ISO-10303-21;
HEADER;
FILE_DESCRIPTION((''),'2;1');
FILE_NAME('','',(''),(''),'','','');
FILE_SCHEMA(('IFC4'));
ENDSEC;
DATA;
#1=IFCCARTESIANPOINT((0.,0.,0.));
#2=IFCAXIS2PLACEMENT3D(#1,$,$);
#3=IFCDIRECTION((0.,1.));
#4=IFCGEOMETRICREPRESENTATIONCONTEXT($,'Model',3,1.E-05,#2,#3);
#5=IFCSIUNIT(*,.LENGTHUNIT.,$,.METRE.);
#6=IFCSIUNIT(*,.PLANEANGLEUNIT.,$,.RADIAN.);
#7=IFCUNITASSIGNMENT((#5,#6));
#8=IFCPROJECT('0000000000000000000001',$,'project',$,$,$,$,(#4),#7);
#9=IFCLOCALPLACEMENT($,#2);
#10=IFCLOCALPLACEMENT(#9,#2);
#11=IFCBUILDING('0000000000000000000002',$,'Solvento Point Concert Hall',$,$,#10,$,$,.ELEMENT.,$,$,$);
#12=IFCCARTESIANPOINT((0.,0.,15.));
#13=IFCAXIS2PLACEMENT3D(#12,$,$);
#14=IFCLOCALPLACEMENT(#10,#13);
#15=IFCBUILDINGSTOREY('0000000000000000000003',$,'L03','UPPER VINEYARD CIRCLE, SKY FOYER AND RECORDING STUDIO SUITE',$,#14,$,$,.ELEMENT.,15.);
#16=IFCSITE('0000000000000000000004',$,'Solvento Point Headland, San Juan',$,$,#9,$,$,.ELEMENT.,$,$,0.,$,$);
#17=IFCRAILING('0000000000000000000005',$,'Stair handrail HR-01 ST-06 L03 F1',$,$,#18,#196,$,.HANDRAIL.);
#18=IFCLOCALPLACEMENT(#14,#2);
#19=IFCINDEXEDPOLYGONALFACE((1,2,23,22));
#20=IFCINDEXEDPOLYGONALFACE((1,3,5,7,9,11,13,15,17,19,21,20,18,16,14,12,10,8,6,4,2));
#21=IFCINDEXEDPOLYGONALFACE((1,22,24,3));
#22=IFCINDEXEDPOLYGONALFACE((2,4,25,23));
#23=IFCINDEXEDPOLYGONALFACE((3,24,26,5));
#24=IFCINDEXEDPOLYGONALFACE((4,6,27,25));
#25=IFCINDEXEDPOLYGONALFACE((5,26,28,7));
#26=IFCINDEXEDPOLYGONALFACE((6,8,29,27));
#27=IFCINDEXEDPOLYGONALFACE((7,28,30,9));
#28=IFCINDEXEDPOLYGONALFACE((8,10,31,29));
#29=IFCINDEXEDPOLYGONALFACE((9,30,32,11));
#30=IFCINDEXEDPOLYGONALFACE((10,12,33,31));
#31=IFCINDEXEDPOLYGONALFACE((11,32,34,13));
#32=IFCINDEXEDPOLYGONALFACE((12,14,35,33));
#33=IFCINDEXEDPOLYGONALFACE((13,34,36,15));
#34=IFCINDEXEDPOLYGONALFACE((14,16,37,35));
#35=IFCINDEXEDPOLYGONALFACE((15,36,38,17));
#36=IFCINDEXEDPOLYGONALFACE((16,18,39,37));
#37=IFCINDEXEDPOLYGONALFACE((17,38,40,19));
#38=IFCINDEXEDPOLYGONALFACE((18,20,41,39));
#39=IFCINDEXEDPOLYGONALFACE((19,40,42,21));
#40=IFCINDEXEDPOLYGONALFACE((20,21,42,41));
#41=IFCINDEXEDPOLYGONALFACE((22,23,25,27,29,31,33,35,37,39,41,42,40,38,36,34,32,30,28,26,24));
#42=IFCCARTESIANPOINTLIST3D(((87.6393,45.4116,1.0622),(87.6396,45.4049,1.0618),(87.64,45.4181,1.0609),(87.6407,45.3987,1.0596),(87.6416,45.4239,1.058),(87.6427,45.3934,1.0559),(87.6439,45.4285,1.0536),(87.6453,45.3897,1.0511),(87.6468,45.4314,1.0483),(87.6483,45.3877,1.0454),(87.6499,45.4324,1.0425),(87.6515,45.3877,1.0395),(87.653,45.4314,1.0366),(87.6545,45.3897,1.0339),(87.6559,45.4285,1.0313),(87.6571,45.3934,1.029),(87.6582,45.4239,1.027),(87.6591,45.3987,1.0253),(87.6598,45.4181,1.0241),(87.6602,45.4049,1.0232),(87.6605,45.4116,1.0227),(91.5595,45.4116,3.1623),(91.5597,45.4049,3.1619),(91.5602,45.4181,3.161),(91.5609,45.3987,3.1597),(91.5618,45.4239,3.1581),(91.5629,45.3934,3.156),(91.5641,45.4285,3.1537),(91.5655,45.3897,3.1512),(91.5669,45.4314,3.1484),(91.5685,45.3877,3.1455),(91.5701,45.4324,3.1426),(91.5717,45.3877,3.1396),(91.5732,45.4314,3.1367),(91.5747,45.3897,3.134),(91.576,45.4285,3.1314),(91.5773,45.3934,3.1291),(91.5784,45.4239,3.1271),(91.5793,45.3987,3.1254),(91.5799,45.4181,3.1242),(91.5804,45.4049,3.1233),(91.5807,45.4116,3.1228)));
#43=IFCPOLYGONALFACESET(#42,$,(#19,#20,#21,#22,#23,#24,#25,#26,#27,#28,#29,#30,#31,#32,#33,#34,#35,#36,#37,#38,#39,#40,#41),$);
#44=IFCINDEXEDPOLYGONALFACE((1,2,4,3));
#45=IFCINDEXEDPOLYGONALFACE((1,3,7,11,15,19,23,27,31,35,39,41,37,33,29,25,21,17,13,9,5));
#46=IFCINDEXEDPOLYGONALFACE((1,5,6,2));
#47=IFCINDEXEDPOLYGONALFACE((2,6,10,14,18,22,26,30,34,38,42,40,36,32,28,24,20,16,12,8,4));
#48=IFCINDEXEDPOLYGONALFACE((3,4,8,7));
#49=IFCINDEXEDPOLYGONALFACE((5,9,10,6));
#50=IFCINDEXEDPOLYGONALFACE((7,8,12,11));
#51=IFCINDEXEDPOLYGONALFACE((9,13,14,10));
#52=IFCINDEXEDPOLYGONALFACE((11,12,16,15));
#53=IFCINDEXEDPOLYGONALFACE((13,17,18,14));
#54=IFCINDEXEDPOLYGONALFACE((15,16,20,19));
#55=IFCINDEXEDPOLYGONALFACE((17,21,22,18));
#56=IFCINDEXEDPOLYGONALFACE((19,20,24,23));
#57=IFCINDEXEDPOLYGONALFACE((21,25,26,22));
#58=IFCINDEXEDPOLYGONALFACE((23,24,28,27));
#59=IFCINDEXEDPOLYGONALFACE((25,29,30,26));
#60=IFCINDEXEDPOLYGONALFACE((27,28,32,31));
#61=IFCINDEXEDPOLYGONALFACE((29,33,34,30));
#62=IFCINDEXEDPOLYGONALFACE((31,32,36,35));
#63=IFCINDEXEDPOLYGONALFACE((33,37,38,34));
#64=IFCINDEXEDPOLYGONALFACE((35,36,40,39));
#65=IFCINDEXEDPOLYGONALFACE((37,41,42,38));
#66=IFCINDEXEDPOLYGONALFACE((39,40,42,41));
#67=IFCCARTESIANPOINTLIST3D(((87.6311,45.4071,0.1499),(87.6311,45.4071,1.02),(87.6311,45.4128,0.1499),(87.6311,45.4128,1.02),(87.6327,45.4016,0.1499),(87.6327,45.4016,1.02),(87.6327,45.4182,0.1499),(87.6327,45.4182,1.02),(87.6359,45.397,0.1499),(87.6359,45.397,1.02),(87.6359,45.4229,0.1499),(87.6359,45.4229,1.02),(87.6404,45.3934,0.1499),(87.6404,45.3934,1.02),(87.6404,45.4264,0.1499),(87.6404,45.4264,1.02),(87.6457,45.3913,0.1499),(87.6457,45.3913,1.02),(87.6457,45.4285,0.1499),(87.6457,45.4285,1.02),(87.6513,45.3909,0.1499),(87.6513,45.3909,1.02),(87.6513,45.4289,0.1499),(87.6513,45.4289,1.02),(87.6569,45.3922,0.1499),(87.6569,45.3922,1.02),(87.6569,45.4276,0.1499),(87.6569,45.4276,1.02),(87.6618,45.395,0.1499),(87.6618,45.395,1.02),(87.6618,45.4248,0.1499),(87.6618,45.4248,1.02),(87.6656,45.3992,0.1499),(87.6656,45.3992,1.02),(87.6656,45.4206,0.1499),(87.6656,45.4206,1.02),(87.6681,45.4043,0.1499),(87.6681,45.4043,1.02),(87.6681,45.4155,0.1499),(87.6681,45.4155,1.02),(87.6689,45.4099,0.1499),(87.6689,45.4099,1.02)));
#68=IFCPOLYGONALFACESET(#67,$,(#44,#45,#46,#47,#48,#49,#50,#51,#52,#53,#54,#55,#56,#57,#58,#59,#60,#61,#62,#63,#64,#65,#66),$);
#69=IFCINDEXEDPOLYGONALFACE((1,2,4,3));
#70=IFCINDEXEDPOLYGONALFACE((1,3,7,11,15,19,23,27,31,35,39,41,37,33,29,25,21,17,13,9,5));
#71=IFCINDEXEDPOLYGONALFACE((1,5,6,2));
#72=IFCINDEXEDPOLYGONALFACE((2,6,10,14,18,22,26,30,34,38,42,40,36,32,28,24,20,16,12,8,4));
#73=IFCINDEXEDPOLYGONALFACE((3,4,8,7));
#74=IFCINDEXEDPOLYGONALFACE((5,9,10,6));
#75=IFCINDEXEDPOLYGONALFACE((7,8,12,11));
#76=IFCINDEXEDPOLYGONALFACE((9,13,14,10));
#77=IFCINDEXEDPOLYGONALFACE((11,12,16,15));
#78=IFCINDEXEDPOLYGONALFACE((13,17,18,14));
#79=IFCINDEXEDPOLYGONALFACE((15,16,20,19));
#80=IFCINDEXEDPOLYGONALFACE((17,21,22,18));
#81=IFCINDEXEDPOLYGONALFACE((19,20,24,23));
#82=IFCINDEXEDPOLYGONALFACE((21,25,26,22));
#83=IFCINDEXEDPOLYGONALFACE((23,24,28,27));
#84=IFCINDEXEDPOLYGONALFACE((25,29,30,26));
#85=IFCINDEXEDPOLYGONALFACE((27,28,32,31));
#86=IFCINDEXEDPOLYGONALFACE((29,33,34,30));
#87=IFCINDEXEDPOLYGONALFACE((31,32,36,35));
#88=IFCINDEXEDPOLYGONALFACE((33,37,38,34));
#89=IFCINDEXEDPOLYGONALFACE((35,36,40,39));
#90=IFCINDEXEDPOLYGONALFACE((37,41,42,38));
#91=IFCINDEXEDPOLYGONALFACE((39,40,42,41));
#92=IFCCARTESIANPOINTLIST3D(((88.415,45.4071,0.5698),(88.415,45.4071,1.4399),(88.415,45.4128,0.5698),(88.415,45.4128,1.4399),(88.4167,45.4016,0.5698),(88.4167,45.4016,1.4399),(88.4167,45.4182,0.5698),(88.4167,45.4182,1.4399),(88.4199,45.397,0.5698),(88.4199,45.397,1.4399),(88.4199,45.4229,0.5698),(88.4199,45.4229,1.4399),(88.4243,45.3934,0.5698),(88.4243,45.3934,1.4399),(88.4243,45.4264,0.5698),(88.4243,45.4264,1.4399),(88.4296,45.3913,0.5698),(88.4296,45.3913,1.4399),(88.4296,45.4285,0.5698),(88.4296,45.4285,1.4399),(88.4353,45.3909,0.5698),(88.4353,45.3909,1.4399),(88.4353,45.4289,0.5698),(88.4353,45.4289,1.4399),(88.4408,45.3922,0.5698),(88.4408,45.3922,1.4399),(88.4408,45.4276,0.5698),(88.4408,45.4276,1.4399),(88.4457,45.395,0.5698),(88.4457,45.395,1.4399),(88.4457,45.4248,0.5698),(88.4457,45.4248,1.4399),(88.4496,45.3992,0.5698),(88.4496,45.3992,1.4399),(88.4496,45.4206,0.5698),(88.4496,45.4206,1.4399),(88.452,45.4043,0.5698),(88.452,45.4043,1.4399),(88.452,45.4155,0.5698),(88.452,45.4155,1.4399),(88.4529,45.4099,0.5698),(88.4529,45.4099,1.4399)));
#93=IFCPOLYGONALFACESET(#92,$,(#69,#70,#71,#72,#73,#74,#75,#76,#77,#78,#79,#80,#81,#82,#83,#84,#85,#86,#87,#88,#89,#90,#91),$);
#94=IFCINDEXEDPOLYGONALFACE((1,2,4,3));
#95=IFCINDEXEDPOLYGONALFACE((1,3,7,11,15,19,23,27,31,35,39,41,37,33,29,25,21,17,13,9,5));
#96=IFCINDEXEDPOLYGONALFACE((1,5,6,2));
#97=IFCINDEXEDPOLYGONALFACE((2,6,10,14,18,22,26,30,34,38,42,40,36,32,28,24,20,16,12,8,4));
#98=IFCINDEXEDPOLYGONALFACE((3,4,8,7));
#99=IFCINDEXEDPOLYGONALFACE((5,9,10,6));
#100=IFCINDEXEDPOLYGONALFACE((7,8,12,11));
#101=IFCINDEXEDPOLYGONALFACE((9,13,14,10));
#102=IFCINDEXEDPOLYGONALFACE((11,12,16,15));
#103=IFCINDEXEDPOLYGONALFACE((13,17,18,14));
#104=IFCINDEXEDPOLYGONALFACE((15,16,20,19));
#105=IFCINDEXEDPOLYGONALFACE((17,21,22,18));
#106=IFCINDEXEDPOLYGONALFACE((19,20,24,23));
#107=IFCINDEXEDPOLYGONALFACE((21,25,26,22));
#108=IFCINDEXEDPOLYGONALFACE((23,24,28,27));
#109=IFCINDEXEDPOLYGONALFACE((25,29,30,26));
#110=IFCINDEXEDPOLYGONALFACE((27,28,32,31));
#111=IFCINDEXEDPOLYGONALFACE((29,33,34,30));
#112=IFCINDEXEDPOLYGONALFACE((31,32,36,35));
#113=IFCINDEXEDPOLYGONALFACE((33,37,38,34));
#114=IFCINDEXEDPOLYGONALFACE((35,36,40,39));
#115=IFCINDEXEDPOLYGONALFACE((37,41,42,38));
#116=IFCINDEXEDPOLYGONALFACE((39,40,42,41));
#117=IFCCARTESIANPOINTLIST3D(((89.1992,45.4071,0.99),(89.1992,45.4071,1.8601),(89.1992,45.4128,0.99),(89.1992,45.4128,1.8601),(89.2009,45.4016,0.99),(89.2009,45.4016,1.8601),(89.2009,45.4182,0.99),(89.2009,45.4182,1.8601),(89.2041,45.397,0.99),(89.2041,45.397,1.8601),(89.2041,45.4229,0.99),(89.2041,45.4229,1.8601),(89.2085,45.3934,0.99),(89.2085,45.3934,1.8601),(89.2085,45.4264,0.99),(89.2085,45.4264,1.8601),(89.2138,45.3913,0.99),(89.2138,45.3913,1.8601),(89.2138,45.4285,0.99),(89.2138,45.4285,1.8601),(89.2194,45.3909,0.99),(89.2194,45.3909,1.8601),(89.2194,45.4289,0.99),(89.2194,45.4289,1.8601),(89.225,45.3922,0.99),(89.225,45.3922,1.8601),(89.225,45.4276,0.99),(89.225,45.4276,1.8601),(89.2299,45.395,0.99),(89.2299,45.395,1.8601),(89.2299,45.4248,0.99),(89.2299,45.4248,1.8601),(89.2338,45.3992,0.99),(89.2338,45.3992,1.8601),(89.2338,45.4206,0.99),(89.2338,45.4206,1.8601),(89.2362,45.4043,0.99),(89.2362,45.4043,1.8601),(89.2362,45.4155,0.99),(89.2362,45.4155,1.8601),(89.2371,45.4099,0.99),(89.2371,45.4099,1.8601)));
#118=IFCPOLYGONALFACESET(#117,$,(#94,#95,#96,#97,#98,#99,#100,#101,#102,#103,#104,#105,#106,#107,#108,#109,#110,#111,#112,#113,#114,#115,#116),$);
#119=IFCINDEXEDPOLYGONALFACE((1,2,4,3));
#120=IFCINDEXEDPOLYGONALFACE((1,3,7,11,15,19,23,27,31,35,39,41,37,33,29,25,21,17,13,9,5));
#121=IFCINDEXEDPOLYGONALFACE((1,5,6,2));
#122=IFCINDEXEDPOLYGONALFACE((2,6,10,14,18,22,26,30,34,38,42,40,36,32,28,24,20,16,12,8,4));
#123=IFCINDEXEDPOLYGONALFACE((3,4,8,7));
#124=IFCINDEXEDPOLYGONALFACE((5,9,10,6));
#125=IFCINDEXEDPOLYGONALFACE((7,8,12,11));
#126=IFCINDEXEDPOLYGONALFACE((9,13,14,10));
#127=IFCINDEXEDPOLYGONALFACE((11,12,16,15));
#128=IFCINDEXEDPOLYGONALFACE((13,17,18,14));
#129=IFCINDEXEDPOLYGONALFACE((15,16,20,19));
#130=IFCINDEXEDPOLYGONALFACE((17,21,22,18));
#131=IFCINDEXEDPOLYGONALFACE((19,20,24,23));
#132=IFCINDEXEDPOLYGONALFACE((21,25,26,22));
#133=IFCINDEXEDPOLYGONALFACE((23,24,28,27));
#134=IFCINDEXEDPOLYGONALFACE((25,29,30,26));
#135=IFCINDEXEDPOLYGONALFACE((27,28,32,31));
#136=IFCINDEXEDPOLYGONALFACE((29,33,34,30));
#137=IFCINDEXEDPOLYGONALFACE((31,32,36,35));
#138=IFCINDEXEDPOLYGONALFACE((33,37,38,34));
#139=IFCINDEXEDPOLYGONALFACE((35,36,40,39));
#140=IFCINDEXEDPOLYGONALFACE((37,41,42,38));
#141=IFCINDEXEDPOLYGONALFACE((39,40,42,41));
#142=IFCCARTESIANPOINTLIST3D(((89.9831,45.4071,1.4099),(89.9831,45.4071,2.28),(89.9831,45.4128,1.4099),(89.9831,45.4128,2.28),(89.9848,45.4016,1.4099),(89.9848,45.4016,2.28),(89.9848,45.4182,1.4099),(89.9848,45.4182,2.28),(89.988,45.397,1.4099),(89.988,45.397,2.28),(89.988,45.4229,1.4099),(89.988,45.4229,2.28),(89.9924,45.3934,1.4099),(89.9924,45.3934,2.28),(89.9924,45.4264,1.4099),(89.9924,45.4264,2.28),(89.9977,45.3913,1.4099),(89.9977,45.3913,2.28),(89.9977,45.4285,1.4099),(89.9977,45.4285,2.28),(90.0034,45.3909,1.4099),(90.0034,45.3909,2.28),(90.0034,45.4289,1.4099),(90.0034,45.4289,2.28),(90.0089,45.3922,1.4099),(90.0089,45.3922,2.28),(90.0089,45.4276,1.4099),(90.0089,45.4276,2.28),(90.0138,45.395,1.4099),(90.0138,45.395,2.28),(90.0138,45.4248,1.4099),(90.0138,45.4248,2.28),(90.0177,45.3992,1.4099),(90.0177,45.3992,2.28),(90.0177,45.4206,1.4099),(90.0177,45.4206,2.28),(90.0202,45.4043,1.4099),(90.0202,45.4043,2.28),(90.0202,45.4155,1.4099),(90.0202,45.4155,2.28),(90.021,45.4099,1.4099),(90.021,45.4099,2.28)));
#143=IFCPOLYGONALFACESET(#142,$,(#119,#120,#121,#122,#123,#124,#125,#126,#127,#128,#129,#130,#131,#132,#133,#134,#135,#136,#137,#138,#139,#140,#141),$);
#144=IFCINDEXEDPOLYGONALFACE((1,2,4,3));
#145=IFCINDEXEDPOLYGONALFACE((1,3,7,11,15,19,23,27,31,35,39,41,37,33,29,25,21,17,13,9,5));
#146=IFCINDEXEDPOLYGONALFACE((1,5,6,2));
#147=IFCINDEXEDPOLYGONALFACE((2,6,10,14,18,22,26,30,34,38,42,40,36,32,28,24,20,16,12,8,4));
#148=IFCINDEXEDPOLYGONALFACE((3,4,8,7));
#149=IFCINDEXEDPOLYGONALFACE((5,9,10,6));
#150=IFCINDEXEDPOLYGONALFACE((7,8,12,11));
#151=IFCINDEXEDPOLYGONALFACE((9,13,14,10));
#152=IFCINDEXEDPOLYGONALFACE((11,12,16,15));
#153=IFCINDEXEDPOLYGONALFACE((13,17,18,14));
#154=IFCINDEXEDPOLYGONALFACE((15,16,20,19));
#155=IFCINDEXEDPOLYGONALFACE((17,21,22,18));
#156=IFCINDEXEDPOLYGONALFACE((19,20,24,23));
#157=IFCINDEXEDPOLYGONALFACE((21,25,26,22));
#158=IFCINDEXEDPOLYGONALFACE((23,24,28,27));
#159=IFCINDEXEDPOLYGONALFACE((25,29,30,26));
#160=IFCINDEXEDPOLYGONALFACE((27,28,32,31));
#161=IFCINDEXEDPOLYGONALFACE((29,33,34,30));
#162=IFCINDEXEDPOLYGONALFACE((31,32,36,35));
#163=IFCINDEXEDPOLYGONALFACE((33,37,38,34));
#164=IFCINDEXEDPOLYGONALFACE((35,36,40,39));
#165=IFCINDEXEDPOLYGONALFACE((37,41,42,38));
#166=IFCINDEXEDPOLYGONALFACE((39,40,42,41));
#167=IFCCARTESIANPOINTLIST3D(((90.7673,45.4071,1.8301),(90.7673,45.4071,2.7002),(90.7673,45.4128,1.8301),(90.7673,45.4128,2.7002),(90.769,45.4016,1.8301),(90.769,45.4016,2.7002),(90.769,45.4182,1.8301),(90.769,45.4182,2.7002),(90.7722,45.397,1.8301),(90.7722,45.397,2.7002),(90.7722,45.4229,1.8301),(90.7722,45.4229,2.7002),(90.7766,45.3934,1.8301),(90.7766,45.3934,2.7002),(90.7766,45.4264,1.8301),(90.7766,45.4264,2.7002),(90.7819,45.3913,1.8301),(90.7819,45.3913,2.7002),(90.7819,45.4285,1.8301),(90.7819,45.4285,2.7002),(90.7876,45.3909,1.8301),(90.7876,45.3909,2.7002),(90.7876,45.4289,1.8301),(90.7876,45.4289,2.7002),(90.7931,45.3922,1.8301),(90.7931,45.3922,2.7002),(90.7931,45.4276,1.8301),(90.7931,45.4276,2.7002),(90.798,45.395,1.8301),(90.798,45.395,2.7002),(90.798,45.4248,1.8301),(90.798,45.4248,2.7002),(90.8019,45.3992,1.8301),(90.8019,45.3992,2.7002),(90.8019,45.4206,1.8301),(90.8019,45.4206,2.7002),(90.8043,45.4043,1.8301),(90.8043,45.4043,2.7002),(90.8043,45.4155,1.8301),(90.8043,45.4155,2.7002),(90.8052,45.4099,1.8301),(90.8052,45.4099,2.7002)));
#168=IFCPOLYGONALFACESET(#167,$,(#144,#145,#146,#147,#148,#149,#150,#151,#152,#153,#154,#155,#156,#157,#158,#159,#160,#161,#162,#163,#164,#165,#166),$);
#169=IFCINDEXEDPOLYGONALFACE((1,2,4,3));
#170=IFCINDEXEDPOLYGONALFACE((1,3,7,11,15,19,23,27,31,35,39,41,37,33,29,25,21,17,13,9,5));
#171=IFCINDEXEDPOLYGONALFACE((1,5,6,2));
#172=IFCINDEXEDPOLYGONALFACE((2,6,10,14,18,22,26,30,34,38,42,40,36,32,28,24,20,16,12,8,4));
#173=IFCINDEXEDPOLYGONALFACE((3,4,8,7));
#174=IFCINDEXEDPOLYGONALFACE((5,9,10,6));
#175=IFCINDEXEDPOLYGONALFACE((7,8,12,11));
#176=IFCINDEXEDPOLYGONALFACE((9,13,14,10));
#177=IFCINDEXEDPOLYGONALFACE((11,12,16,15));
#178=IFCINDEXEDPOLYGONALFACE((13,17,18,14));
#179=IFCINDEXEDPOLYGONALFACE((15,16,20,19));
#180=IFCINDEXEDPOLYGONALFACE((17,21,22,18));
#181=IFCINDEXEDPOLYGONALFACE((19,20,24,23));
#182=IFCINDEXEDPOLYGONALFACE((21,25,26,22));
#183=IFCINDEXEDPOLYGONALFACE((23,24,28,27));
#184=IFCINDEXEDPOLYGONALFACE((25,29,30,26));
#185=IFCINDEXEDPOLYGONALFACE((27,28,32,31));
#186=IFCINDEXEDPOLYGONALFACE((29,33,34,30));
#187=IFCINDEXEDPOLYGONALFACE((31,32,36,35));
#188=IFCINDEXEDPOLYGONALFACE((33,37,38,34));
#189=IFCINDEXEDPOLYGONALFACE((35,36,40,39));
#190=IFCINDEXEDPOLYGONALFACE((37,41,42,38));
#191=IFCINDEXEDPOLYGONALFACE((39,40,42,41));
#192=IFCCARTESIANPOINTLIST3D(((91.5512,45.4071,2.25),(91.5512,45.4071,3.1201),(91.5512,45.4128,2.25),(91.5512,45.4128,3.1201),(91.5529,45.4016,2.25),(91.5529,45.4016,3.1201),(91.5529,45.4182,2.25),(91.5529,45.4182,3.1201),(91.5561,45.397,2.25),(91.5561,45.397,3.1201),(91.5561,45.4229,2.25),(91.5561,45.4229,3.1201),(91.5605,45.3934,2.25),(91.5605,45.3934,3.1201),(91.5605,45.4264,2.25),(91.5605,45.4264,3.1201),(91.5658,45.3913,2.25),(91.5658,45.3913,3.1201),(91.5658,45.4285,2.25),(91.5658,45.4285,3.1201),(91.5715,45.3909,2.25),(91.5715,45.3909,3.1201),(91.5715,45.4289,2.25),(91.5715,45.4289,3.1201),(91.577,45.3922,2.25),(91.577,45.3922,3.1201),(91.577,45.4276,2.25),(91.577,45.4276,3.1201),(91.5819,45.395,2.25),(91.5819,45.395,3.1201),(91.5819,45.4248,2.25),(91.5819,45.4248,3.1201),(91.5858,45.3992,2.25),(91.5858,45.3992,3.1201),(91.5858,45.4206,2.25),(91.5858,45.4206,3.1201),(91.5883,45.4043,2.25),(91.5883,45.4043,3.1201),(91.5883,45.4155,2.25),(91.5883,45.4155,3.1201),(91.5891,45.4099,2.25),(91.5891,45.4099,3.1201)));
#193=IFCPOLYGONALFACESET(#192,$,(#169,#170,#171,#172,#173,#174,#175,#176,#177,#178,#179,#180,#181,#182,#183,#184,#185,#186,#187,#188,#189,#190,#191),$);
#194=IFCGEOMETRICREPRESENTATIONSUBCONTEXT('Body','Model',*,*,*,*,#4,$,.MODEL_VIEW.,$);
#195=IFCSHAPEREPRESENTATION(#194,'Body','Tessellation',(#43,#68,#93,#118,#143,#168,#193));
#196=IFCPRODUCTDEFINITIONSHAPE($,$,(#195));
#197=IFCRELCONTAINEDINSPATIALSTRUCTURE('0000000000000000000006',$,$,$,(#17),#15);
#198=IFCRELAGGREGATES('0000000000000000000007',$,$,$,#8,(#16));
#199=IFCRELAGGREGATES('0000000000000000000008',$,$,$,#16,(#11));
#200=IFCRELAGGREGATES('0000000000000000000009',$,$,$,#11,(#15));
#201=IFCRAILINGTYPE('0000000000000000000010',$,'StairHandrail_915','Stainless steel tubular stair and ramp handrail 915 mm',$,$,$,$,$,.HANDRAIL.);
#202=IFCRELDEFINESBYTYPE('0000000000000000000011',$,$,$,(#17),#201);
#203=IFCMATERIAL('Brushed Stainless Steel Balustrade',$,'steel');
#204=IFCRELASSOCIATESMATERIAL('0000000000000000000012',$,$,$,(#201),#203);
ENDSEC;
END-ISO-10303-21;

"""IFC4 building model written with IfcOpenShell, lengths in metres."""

from ifc_helpers import new_model, si_unit, direction, frame, origin, origin_2d, place, context, subcontext, project, spatial, circle, extrude, material, type_object, element, save


model = new_model("IFC4")

# Units and contexts
model_context = context("Model", 3, precision=1e-05, world=origin(), true_north=direction((0.0, 1.0)))
body_context = subcontext(model_context, "Body", "Model", "MODEL_VIEW")
ifc_project = project(units=[si_unit("LENGTHUNIT", "METRE"), si_unit("PLANEANGLEUNIT", "RADIAN")], contexts=[model_context])

# Site, building, storey
site_placement = place(None, origin())
site = spatial("IfcSite", under=ifc_project, at=site_placement, Name="Solvento Point Headland, San Juan", CompositionType="ELEMENT", RefElevation=0.0)
building_placement = place(site_placement, origin())
building = spatial("IfcBuilding", under=site, at=building_placement, Name="Solvento Point Concert Hall", CompositionType="ELEMENT")
storey_placement = place(building_placement, frame((0.0, 0.0, 15.0)))
storey = spatial("IfcBuildingStorey", under=building, at=storey_placement, Name="L03", Description="UPPER VINEYARD CIRCLE, SKY FOYER AND RECORDING STUDIO SUITE", CompositionType="ELEMENT", Elevation=15.0)

# Railing
ifc_material_1 = material(Name="Brushed Stainless Steel Balustrade", Category="steel")
railing_type_1 = type_object("IfcRailingType", Name="StairHandrail_915", Description="Stainless steel tubular stair and ramp handrail 915 mm", PredefinedType="HANDRAIL", material=ifc_material_1)
railing_1_placement = place(storey_placement, frame((87.6499, 45.4099, 0.1499)))
element("IfcRailing", 1, at=railing_1_placement, inside=storey, type_object=railing_type_1, Name="Stair handrail HR-01 ST-06 L03 F1", PredefinedType="HANDRAIL", context=body_context, shape_type="SweptSolid", body=[
    extrude(circle(Radius=0.0225, at=origin_2d()), frame((0.0, 0.0, 0.8926), z_axis=(0.881479, 0.0, 0.472223), x_axis=(0.0, 1.0, 0.0)), (0.0, 0.0, 1.0), 4.4473),
    extrude(circle(Radius=0.019, at=origin_2d()), origin(), (0.0, 0.0, 1.0), 0.8701),
    extrude(circle(Radius=0.019, at=origin_2d()), frame((0.7839, 0.0, 0.4199)), (0.0, 0.0, 1.0), 0.8701),
    extrude(circle(Radius=0.019, at=origin_2d()), frame((1.5681, 0.0, 0.8401)), (0.0, 0.0, 1.0), 0.8701),
    extrude(circle(Radius=0.019, at=origin_2d()), frame((2.3521, 0.0, 1.26)), (0.0, 0.0, 1.0), 0.8701),
    extrude(circle(Radius=0.019, at=origin_2d()), frame((3.1362, 0.0, 1.6802)), (0.0, 0.0, 1.0), 0.8701),
    extrude(circle(Radius=0.019, at=origin_2d()), frame((3.9202, 0.0, 2.1001)), (0.0, 0.0, 1.0), 0.8701),
])

save(model, "model.ifc")
